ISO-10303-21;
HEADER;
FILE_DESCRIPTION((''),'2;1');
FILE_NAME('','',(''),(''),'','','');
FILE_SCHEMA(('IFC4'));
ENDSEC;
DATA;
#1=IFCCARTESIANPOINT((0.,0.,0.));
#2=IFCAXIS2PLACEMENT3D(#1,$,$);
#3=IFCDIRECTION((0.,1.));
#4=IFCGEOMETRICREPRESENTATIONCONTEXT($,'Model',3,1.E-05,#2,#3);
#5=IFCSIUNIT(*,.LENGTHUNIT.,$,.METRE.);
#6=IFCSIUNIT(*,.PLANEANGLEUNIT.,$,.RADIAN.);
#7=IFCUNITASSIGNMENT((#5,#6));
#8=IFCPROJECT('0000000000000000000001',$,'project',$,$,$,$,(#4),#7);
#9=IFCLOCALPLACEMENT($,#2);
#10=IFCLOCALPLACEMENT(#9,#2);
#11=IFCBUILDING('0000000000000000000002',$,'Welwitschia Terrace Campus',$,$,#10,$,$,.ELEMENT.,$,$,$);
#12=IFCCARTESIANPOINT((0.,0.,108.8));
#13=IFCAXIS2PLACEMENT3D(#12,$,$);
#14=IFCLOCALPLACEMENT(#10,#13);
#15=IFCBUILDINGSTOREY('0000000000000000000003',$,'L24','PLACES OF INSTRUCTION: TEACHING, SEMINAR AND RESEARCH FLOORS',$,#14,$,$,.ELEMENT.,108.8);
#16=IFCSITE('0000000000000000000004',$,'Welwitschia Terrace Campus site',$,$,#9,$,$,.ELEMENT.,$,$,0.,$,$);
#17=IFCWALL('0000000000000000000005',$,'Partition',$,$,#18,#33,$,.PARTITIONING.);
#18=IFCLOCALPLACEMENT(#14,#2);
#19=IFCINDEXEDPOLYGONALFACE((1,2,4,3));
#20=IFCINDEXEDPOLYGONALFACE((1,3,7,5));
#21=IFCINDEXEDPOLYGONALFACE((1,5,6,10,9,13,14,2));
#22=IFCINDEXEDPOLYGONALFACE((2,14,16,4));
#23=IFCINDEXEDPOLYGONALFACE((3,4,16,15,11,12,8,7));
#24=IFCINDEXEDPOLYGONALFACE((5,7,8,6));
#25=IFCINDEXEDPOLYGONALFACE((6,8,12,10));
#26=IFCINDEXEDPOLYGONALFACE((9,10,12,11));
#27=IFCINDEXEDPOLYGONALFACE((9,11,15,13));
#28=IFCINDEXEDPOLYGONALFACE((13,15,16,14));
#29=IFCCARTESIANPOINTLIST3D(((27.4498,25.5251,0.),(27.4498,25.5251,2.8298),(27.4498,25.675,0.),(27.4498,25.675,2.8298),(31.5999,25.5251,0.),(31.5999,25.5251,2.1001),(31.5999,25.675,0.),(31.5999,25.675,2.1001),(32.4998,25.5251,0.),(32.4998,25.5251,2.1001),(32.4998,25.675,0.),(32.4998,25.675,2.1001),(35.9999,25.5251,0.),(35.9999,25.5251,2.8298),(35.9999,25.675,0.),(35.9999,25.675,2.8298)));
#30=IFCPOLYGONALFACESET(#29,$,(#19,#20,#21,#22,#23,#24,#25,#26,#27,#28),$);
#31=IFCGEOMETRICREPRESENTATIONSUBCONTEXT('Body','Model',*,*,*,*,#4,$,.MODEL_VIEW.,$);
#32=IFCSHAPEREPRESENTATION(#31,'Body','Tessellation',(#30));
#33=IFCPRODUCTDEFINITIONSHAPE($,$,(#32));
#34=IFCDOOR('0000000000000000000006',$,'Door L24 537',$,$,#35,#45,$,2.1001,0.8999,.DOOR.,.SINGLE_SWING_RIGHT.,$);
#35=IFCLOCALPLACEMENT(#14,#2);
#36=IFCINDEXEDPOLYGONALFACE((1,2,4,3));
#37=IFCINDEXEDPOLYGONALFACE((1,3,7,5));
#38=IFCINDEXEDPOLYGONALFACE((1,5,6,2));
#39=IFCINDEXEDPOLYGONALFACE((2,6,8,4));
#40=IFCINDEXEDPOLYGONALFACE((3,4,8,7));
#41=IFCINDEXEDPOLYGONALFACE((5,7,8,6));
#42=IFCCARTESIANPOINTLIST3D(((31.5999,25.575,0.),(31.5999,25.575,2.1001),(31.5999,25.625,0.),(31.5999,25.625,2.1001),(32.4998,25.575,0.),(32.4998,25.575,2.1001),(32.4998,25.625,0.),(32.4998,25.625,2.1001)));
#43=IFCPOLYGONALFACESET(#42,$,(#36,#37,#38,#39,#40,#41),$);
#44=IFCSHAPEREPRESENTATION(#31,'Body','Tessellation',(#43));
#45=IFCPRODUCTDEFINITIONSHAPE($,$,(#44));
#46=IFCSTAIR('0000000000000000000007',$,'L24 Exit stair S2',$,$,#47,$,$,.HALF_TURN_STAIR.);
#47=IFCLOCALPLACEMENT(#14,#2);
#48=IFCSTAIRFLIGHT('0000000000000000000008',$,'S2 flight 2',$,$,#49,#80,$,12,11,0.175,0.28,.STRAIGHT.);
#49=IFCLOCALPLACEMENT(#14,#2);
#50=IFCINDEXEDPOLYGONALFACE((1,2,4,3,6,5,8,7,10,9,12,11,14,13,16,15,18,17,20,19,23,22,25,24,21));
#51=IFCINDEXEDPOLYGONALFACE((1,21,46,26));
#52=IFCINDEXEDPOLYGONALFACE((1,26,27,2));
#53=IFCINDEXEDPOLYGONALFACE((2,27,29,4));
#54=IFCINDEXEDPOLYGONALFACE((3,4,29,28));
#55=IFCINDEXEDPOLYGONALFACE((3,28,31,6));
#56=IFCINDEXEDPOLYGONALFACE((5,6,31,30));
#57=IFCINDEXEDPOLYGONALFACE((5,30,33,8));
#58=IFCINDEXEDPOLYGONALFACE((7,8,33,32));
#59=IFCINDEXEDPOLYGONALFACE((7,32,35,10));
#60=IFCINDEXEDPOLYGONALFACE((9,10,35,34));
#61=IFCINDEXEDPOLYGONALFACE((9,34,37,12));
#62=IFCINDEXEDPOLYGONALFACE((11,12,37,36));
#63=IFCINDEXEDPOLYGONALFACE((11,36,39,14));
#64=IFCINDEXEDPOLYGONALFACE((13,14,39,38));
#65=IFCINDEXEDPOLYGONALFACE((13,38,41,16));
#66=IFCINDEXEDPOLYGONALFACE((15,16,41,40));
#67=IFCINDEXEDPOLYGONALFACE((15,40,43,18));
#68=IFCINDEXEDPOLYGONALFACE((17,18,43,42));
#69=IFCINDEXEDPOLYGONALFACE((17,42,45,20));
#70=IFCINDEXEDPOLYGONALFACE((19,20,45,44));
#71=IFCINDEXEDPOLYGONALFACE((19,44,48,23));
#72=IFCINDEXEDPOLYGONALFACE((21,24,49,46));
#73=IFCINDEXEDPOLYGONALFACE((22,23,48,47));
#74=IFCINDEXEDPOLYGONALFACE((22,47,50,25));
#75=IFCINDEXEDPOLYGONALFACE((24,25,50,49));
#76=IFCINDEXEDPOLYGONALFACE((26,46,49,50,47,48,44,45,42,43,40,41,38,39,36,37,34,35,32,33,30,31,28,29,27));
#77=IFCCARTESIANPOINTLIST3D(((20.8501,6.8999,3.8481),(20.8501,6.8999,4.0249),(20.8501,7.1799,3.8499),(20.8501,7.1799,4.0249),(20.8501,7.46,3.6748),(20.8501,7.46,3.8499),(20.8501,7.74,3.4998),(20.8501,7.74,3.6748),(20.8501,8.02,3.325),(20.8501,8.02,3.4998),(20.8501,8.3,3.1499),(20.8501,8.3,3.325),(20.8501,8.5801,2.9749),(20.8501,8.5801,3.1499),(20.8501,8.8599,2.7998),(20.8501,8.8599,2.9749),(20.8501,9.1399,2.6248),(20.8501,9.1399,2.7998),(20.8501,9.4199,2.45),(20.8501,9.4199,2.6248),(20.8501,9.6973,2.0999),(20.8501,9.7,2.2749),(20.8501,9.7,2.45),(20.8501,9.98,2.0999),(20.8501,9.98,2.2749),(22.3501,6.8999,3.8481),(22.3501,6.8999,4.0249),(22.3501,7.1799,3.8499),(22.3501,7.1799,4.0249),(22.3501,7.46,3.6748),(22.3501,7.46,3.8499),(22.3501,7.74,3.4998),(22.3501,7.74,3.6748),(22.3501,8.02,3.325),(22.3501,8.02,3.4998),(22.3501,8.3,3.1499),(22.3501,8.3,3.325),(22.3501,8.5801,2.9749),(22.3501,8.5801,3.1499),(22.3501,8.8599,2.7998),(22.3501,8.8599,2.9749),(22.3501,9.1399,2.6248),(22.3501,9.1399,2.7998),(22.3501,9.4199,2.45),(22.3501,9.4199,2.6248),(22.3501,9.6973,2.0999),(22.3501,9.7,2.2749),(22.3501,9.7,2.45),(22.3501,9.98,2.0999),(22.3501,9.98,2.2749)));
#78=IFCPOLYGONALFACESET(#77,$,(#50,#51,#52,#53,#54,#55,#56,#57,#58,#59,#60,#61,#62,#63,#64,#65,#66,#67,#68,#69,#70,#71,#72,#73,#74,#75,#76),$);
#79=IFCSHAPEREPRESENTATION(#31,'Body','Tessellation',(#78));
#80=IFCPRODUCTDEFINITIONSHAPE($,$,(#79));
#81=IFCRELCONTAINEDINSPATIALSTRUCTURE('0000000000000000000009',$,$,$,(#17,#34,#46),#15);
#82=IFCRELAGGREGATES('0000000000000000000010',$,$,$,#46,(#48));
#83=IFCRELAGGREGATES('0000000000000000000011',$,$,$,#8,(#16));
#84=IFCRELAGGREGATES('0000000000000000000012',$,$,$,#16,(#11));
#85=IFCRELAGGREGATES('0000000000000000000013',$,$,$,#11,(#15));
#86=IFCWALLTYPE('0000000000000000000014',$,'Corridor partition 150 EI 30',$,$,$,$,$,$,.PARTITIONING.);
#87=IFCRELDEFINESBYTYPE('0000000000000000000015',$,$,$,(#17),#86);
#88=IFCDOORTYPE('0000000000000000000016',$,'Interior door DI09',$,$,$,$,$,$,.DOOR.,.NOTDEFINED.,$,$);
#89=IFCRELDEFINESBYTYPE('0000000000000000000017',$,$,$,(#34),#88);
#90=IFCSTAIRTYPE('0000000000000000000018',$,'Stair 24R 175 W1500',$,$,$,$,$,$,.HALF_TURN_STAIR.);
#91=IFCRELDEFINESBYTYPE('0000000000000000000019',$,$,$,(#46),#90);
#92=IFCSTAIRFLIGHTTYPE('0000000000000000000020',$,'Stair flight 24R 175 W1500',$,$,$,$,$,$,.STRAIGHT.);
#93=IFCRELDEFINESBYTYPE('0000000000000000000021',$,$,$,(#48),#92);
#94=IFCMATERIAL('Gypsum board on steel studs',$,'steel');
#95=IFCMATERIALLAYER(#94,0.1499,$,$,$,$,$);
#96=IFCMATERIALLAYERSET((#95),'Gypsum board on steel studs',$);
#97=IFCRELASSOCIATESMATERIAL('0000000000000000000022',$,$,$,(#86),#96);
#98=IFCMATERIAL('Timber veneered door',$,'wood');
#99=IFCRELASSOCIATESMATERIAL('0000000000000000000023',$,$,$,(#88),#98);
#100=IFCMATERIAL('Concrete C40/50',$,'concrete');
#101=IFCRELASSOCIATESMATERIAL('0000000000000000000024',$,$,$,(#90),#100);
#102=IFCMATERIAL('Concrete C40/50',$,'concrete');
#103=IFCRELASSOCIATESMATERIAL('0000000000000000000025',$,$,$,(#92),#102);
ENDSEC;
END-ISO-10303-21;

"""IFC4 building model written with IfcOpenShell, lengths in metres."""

from ifc_helpers import new_model, si_unit, direction, frame, frame_2d, origin, place, context, subcontext, project, spatial, polyline, rectangle, outline, extrude, material, layer, layer_set, type_object, element, fill, aggregate, save


model = new_model("IFC4")

# Units and contexts
model_context = context("Model", 3, precision=1e-05, world=origin(), true_north=direction((0.0, 1.0)))
body_context = subcontext(model_context, "Body", "Model", "MODEL_VIEW")
ifc_project = project(units=[si_unit("LENGTHUNIT", "METRE"), si_unit("PLANEANGLEUNIT", "RADIAN")], contexts=[model_context])

# Site, building, storey
site_placement = place(None, origin())
site = spatial("IfcSite", under=ifc_project, at=site_placement, Name="Welwitschia Terrace Campus site", CompositionType="ELEMENT", RefElevation=0.0)
building_placement = place(site_placement, origin())
building = spatial("IfcBuilding", under=site, at=building_placement, Name="Welwitschia Terrace Campus", CompositionType="ELEMENT")
storey_placement = place(building_placement, frame((0.0, 0.0, 108.8)))
storey = spatial("IfcBuildingStorey", under=building, at=storey_placement, Name="L24", Description="PLACES OF INSTRUCTION: TEACHING, SEMINAR AND RESEARCH FLOORS", CompositionType="ELEMENT", Elevation=108.8)

# Shared definitions
ifc_material_1 = material(Name="Gypsum board on steel studs", Category="steel")
ifc_layer_1 = layer(ifc_material_1, 0.1499)
ifc_layer_set_1 = layer_set([ifc_layer_1], Name="Gypsum board on steel studs")
wall_type_1 = type_object("IfcWallType", Name="Corridor partition 150 EI 30", PredefinedType="PARTITIONING", material=ifc_layer_set_1)

# Wall, opening, door
wall_1_placement = place(storey_placement, frame((27.45, 25.6001, 0.0), z_axis=(0.0, 0.0, 1.0), x_axis=(1.0, 0.0, 0.0)))
wall_1 = element("IfcWall", 1, at=wall_1_placement, inside=storey, type_object=wall_type_1, Name="Partition", PredefinedType="PARTITIONING", context=body_context, shape_type="SweptSolid", body=[
    extrude(rectangle(XDim=8.55, YDim=0.1499, at=frame_2d((4.2749, 0.0))), origin(), (0.0, 0.0, 1.0), 2.8298),
])
opening_1_placement = place(wall_1_placement, frame((4.1499, 0.0, 0.0)))
opening_1 = element("IfcOpeningElement", 2, at=opening_1_placement, cuts=wall_1, PredefinedType="OPENING", context=body_context, shape_type="SweptSolid", body=[
    extrude(rectangle(XDim=0.8999, YDim=2.1001, at=frame_2d((0.45, 1.05))), frame((0.0, 0.085, 0.0), z_axis=(0.0, -1.0, 0.0), x_axis=(1.0, 0.0, 0.0)), (0.0, 0.0, 1.0), 0.1699),
])
ifc_material_2 = material(Name="Timber veneered door", Category="wood")
door_type_1 = type_object("IfcDoorType", Name="Interior door DI09", OperationType="NOTDEFINED", PredefinedType="DOOR", material=ifc_material_2)
door_1_placement = place(opening_1_placement, origin())
door_1 = element("IfcDoor", 3, at=door_1_placement, inside=storey, type_object=door_type_1, Name="Door L24 537", OperationType="SINGLE_SWING_RIGHT", OverallHeight=2.1001, OverallWidth=0.8999, PredefinedType="DOOR", context=body_context, shape_type="SweptSolid", body=[
    extrude(rectangle(XDim=0.8999, YDim=2.1001, at=frame_2d((0.45, 1.05))), frame((0.0, 0.0249, 0.0), z_axis=(0.0, -1.0, 0.0), x_axis=(1.0, 0.0, 0.0)), (0.0, 0.0, 1.0), 0.05),
])
fill(opening_1, door_1)

# Stair, stair flight
ifc_material_3 = material(Name="Concrete C40/50", Category="concrete")
stair_type = type_object("IfcStairType", Name="Stair 24R 175 W1500", PredefinedType="HALF_TURN_STAIR", material=ifc_material_3)
stair_placement = place(storey_placement, origin())
stair = element("IfcStair", 4, at=stair_placement, inside=storey, type_object=stair_type, Name="L24 Exit stair S2", PredefinedType="HALF_TURN_STAIR")
ifc_material_4 = material(Name="Concrete C40/50", Category="concrete")
stair_flight_type = type_object("IfcStairFlightType", Name="Stair flight 24R 175 W1500", PredefinedType="STRAIGHT", material=ifc_material_4)
stair_flight_placement = place(storey_placement, frame((21.6001, 9.98, 2.0999), z_axis=(0.0, 0.0, 1.0), x_axis=(0.0, -1.0, 0.0)))
stair_flight = element("IfcStairFlight", 5, at=stair_flight_placement, type_object=stair_flight_type, Name="S2 flight 2", NumberOfRisers=12, NumberOfTreads=11, PredefinedType="STRAIGHT", RiserHeight=0.175, TreadLength=0.28, context=body_context, shape_type="SweptSolid", body=[
    extrude(outline(polyline([(0.0, 0.0), (0.0, 0.175), (0.28, 0.175), (0.28, 0.3501), (0.5601, 0.3501), (0.5601, 0.5249), (0.8401, 0.5249), (0.8401, 0.7), (1.1201, 0.7), (1.1201, 0.875), (1.3999, 0.875), (1.3999, 1.05), (1.6799, 1.05), (1.6799, 1.2251), (1.96, 1.2251), (1.96, 1.3999), (2.24, 1.3999), (2.24, 1.575), (2.52, 1.575), (2.52, 1.75), (2.8, 1.75), (2.8, 1.925), (3.0801, 1.925), (3.0801, 2.1001), (3.0801, 1.7483), (0.2827, 0.0), (0.0, 0.0)])), frame((0.0, 0.75, 0.0), z_axis=(0.0, -1.0, 0.0), x_axis=(1.0, 0.0, 0.0)), (0.0, 0.0, 1.0), 1.5),
])
aggregate(stair, [stair_flight])

save(model, "model.ifc")
